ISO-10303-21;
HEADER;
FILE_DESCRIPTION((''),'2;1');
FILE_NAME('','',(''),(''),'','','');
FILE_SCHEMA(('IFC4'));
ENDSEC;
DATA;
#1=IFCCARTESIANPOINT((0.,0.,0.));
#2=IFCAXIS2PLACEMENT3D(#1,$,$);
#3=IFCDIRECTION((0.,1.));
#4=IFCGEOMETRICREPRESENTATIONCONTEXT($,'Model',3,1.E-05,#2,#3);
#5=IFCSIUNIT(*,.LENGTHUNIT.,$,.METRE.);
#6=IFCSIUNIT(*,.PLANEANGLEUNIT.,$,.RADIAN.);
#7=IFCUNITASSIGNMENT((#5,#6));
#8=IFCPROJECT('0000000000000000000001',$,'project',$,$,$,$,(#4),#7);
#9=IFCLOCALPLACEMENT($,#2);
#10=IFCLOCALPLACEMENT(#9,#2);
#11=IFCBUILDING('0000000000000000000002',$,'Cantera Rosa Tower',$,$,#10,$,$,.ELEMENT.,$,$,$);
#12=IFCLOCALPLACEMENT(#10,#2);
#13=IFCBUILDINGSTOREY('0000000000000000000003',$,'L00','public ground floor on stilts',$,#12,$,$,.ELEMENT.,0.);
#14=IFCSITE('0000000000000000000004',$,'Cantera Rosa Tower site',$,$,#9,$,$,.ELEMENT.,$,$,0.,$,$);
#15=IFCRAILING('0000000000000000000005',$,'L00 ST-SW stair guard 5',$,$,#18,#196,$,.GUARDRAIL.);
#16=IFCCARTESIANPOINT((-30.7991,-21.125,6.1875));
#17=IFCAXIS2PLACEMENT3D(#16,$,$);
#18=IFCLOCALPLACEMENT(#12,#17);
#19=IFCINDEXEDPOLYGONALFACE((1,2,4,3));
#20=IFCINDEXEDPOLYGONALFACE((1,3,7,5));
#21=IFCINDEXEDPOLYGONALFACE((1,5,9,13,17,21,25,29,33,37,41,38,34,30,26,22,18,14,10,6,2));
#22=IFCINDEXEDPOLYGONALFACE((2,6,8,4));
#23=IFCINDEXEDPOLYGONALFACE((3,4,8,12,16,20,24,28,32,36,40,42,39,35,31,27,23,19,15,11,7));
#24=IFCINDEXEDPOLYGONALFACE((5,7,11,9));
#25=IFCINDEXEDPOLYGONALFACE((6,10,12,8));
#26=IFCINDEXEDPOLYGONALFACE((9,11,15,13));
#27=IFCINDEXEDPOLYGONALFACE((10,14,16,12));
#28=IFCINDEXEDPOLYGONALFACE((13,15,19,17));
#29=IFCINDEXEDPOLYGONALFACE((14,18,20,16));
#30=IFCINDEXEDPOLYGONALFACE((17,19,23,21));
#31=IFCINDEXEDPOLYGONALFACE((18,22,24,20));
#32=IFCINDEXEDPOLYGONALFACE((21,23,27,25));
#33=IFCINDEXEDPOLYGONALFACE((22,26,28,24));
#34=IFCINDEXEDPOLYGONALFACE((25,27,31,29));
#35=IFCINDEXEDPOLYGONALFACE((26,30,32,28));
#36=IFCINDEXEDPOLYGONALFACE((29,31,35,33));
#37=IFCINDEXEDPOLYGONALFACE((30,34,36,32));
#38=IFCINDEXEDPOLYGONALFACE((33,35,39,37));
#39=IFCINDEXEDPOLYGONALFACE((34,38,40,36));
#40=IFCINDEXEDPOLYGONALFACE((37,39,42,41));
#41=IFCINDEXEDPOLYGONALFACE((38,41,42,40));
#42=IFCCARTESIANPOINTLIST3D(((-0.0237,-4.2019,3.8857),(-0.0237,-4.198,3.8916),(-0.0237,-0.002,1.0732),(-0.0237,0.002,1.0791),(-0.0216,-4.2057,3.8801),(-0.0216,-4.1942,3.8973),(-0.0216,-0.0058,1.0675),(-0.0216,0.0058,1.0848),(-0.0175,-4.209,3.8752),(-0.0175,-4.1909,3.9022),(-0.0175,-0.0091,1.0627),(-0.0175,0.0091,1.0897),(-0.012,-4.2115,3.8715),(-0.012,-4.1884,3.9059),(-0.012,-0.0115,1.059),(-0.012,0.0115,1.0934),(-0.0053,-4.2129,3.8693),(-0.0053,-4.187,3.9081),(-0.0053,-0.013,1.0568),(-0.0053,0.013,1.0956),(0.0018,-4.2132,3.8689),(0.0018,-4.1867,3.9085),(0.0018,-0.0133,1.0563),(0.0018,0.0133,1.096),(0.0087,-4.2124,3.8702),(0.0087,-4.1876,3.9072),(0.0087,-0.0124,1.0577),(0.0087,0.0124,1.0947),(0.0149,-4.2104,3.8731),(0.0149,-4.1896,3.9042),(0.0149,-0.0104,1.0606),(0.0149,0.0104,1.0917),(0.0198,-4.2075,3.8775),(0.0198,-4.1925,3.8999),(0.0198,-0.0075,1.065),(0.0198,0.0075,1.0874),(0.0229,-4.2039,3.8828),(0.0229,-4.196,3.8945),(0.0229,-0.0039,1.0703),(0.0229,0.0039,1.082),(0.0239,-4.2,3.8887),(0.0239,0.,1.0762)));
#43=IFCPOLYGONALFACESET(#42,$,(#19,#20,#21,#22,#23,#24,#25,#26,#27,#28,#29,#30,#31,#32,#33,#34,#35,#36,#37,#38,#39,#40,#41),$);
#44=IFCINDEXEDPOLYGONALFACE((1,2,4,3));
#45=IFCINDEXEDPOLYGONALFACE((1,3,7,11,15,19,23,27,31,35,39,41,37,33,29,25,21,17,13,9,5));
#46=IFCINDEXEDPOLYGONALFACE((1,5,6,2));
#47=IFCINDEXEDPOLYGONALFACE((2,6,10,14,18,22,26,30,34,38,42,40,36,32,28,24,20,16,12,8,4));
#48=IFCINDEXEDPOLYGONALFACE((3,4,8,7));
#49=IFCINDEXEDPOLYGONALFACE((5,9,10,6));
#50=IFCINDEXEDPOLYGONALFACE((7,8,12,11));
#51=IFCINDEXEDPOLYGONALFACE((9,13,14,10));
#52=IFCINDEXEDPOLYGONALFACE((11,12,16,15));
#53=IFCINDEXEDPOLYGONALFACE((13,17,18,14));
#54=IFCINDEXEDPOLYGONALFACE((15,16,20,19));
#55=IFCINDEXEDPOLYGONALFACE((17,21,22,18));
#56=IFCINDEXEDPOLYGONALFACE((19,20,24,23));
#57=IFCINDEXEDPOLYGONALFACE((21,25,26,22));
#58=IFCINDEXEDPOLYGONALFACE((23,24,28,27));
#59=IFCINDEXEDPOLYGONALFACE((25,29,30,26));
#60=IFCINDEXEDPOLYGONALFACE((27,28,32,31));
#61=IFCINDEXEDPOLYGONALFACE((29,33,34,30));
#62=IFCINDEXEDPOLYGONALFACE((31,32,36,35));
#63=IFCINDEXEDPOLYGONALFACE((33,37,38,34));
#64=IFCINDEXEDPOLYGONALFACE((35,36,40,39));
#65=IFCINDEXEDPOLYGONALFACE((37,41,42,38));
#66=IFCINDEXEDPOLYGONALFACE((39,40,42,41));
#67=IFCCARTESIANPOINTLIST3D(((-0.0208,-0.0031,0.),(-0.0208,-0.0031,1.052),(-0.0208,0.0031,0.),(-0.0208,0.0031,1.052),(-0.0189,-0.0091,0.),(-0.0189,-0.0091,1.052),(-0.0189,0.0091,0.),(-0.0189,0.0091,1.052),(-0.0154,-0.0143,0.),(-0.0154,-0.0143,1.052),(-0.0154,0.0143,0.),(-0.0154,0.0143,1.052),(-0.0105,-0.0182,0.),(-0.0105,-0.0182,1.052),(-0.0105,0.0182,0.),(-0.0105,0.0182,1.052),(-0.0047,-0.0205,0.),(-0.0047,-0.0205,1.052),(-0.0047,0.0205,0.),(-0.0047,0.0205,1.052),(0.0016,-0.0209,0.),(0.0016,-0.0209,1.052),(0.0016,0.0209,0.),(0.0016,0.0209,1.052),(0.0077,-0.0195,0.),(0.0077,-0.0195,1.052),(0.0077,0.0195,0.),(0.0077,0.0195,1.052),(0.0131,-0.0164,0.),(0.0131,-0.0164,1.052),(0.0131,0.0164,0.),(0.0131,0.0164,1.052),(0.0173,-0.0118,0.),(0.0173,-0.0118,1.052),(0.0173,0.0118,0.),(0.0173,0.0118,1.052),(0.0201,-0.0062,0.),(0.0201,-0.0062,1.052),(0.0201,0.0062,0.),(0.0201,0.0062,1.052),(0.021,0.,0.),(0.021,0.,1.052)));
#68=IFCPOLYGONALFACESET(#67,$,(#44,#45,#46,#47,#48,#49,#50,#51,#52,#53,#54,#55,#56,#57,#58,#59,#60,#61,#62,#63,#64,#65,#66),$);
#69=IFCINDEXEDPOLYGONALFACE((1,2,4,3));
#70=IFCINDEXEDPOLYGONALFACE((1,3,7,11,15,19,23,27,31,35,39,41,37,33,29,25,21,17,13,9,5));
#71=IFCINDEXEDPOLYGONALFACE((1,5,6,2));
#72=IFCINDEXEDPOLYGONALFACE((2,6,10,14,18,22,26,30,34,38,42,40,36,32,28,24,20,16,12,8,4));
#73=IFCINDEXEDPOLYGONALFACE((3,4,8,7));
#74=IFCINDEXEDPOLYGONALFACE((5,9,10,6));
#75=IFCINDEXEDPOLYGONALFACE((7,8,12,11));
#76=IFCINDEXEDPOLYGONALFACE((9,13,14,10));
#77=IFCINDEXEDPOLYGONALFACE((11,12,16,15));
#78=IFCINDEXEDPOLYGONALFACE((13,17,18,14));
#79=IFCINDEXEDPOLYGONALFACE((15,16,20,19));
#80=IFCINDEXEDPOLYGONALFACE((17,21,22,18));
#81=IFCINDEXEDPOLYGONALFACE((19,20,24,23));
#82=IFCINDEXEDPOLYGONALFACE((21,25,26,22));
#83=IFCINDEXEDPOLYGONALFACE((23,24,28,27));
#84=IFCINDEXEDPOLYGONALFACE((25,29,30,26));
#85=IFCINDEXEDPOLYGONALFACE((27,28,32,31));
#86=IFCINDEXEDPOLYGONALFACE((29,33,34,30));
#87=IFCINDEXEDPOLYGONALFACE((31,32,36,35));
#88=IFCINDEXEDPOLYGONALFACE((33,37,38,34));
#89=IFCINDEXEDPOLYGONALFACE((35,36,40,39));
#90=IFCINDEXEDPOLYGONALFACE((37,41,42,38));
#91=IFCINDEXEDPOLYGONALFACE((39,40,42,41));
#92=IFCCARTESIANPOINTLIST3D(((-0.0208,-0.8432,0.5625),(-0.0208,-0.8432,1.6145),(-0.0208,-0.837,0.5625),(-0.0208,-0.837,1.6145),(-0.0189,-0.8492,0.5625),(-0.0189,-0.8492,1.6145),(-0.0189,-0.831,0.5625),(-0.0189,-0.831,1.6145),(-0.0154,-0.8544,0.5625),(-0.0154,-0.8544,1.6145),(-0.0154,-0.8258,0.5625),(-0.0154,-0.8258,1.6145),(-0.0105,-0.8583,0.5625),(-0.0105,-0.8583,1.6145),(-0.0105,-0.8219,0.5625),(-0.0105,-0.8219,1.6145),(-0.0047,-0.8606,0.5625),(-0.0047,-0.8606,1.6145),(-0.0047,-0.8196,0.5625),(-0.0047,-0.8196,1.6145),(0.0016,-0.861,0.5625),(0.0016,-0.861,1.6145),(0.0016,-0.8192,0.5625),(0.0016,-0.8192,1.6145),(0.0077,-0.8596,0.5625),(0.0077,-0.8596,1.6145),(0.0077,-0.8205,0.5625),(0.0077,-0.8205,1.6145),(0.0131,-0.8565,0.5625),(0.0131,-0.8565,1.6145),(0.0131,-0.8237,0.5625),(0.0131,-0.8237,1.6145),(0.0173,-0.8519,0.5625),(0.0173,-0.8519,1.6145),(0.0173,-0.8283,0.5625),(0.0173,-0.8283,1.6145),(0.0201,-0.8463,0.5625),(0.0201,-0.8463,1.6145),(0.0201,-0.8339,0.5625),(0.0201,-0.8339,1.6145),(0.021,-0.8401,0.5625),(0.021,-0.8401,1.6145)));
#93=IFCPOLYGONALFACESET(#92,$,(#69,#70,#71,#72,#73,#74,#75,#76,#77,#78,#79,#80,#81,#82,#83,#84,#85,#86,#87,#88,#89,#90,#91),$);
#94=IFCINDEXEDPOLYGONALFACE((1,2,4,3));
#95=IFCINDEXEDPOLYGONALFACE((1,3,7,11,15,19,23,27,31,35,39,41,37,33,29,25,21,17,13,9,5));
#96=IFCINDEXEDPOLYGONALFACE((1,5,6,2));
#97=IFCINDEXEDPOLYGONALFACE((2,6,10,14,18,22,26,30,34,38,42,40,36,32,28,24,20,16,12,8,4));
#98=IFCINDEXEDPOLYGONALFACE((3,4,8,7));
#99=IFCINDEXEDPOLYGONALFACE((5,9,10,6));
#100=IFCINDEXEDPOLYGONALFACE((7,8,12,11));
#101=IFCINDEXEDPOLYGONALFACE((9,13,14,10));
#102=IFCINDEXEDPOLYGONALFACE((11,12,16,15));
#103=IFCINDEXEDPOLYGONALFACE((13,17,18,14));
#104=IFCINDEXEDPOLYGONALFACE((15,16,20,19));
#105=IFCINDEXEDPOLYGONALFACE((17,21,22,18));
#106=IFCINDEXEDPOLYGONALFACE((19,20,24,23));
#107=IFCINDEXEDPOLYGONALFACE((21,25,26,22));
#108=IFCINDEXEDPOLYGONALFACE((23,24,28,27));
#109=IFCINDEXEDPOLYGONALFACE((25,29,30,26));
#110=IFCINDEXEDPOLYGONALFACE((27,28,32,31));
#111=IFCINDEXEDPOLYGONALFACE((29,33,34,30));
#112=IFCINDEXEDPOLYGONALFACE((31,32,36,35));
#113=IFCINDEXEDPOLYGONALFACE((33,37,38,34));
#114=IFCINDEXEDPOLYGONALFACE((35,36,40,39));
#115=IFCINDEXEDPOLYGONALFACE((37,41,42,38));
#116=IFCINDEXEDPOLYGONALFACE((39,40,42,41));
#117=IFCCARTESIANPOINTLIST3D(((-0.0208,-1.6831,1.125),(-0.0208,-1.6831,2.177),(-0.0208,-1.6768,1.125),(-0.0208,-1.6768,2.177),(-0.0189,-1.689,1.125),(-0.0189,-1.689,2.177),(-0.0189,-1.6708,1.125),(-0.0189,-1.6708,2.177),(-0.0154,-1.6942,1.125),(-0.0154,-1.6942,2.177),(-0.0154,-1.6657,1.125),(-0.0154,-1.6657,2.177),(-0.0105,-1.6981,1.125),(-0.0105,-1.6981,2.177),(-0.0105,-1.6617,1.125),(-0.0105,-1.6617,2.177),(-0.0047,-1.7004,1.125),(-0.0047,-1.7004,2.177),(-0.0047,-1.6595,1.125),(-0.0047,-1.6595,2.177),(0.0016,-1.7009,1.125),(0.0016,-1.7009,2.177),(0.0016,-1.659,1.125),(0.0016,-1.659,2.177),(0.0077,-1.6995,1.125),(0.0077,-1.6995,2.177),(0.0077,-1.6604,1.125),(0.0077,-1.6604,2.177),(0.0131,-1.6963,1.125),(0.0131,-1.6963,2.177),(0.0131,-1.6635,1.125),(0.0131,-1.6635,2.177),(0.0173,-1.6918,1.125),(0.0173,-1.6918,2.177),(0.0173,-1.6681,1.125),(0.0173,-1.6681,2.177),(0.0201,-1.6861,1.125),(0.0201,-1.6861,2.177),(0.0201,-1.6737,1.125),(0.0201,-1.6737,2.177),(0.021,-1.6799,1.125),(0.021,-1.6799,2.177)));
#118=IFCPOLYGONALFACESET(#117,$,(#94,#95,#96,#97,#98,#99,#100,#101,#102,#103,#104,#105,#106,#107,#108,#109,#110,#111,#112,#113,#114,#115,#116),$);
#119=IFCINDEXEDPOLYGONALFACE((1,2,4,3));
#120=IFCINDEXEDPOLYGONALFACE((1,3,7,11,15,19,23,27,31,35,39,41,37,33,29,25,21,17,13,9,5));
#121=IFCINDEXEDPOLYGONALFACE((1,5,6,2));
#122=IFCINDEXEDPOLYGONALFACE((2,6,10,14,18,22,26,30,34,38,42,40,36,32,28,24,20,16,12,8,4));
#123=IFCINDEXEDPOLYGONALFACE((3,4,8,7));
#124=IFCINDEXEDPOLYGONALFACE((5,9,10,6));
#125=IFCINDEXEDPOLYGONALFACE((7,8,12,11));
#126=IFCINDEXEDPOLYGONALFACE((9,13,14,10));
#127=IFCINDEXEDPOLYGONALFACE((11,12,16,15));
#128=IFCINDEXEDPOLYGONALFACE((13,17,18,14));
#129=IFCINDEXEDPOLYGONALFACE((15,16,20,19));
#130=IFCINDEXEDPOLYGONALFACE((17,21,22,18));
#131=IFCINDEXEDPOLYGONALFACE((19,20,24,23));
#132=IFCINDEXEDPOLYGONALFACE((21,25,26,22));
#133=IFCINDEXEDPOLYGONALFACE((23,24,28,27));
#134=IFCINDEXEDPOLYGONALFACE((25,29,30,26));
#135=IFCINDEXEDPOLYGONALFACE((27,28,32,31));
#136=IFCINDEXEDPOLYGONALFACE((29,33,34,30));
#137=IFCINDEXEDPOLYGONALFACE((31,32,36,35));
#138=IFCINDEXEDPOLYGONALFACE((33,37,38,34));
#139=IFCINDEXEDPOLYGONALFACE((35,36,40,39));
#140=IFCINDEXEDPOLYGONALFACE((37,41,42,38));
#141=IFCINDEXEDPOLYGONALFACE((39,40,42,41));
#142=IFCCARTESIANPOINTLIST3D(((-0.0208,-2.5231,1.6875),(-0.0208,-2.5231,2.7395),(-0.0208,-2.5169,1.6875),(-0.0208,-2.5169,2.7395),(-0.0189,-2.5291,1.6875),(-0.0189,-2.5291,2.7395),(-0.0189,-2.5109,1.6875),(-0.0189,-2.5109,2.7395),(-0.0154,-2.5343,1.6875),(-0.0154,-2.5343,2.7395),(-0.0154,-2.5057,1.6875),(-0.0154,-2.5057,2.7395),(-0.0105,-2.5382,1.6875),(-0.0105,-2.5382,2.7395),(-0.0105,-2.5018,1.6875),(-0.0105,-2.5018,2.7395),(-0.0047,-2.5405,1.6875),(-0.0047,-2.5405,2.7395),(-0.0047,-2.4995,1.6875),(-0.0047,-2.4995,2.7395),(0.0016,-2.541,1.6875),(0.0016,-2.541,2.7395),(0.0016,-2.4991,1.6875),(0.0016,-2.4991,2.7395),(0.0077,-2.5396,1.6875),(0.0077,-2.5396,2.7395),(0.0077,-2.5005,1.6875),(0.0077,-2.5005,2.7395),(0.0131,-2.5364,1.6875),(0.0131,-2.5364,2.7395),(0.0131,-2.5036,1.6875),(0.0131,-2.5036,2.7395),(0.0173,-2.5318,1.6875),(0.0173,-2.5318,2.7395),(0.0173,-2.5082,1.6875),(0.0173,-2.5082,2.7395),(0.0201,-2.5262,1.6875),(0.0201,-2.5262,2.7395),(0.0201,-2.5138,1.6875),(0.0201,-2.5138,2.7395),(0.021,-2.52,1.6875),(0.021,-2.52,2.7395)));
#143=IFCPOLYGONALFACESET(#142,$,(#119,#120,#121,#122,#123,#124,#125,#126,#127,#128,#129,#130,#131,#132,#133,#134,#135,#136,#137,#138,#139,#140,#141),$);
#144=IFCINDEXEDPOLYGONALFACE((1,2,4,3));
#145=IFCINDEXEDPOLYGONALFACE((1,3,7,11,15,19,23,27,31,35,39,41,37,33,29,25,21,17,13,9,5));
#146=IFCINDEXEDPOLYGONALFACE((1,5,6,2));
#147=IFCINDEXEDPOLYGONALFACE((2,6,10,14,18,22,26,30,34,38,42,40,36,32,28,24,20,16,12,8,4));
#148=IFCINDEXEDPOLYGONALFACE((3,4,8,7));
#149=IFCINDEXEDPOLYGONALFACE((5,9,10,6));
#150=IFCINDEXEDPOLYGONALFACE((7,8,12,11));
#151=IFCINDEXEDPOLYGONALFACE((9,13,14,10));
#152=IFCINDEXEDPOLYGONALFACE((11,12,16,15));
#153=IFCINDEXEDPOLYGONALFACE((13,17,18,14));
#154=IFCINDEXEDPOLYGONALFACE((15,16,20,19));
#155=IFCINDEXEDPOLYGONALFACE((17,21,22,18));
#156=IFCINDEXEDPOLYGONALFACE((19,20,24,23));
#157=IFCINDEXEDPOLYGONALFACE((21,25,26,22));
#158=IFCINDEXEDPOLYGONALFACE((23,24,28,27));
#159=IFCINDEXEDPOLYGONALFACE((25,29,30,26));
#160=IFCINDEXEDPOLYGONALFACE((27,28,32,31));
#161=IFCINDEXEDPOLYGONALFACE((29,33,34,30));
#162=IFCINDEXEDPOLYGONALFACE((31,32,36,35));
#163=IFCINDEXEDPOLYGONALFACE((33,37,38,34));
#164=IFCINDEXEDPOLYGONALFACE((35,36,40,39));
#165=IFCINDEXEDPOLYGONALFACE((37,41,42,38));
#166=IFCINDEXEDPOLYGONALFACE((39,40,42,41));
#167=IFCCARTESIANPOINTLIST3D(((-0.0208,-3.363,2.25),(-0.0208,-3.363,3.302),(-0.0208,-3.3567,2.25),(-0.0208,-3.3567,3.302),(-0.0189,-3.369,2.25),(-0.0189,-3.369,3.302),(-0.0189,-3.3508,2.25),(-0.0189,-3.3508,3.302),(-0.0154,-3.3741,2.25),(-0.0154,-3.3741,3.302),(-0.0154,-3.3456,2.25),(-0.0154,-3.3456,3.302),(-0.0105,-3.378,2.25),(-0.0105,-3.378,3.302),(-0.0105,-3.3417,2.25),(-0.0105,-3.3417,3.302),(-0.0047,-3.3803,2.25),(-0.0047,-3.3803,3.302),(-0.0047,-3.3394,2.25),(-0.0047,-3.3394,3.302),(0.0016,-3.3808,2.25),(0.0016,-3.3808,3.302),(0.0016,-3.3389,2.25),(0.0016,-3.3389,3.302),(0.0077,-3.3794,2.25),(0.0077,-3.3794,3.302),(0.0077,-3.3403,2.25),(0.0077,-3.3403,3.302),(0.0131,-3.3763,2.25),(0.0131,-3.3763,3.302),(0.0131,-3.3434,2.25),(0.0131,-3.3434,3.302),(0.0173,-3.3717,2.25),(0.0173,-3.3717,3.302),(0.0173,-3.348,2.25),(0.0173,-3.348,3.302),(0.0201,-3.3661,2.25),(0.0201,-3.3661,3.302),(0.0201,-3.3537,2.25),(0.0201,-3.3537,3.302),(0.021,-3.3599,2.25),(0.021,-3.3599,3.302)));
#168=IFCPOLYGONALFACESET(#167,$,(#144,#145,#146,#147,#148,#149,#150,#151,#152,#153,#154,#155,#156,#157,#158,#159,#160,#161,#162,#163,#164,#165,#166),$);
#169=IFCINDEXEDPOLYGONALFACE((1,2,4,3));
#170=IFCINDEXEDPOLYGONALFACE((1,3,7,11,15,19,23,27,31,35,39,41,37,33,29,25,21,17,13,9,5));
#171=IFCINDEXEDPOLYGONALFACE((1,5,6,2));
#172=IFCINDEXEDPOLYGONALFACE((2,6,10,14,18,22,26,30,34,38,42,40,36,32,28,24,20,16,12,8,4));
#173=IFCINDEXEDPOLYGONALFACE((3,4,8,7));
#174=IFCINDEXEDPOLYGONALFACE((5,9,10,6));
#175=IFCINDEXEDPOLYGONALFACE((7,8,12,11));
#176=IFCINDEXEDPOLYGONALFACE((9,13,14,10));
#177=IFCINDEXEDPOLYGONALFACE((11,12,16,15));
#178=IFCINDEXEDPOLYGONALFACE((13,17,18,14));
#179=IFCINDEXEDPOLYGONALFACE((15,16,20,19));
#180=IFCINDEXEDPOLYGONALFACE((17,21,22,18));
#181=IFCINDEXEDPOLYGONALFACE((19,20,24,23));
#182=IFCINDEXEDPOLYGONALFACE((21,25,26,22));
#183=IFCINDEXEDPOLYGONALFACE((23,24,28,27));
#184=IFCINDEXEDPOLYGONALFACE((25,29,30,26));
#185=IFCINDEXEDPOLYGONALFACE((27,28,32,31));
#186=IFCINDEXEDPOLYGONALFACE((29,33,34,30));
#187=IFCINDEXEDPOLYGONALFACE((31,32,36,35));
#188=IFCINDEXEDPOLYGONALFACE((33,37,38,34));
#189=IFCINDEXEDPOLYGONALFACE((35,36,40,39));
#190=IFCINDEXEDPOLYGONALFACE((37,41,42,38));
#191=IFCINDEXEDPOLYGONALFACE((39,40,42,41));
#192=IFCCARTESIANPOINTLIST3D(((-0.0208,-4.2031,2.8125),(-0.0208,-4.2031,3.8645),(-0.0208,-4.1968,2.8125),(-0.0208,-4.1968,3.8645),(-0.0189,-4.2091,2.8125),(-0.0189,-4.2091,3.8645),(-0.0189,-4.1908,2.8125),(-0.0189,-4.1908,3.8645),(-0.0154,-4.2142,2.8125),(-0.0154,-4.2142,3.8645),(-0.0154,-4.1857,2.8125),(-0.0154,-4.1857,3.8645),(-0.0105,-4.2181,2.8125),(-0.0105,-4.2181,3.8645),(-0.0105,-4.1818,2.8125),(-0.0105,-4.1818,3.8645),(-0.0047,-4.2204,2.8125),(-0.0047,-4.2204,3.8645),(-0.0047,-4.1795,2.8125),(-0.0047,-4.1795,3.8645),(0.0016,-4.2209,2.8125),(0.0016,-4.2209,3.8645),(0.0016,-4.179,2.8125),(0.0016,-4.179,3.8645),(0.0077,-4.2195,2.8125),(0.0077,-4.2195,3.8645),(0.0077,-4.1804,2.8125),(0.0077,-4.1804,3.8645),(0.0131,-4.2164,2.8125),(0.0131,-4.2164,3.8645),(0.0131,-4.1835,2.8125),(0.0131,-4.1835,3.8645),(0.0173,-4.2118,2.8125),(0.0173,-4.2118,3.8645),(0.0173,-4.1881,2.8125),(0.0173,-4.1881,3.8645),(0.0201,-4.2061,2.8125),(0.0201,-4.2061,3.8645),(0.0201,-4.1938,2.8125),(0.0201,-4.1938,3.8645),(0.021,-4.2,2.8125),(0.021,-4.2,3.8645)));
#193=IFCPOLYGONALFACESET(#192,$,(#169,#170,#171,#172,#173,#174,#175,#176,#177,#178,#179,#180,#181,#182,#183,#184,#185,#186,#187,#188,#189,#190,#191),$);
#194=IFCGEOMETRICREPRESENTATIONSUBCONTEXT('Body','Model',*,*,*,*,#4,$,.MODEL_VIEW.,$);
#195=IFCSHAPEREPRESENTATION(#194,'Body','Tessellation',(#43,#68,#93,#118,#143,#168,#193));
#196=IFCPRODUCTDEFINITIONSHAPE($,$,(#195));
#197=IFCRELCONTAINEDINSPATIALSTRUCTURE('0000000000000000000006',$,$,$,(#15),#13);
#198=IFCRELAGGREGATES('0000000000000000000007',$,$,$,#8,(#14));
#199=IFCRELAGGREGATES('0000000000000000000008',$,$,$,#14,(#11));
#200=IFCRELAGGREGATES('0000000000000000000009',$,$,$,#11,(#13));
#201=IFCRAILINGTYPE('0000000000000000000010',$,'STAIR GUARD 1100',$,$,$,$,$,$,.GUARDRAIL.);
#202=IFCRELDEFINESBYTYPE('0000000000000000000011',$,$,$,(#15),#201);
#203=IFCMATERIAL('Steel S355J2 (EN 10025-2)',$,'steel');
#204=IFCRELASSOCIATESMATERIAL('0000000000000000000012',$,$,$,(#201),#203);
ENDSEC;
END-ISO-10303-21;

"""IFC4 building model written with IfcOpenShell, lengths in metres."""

from ifc_helpers import new_model, si_unit, direction, frame, origin, origin_2d, place, context, subcontext, project, spatial, circle, extrude, material, type_object, element, save


model = new_model("IFC4")

# Units and contexts
model_context = context("Model", 3, precision=1e-05, world=origin(), true_north=direction((0.0, 1.0)))
body_context = subcontext(model_context, "Body", "Model", "MODEL_VIEW")
ifc_project = project(units=[si_unit("LENGTHUNIT", "METRE"), si_unit("PLANEANGLEUNIT", "RADIAN")], contexts=[model_context])

# Site, building, storey
site_placement = place(None, origin())
site = spatial("IfcSite", under=ifc_project, at=site_placement, Name="Cantera Rosa Tower site", CompositionType="ELEMENT", RefElevation=0.0)
building_placement = place(site_placement, origin())
building = spatial("IfcBuilding", under=site, at=building_placement, Name="Cantera Rosa Tower", CompositionType="ELEMENT")
storey_placement = place(building_placement, origin())
storey = spatial("IfcBuildingStorey", under=building, at=storey_placement, Name="L00", Description="public ground floor on stilts", CompositionType="ELEMENT", Elevation=0.0)

# Railing
ifc_material_1 = material(Name="Steel S355J2 (EN 10025-2)", Category="steel")
railing_type_1 = type_object("IfcRailingType", Name="STAIR GUARD 1100", PredefinedType="GUARDRAIL", material=ifc_material_1)
railing_1_placement = place(storey_placement, frame((-30.7991, -21.125, 6.1875)))
element("IfcRailing", 1, at=railing_1_placement, inside=storey, type_object=railing_type_1, Name="L00 ST-SW stair guard 5", PredefinedType="GUARDRAIL", context=body_context, shape_type="SweptSolid", body=[
    extrude(circle(Radius=0.0239, at=origin_2d()), frame((0.0, 0.0, 1.0762), z_axis=(0.0, -0.830904, 0.556416), x_axis=(1.0, 0.0, 0.0)), (0.0, 0.0, 1.0), 5.0547),
    extrude(circle(Radius=0.021, at=origin_2d()), origin(), (0.0, 0.0, 1.0), 1.052),
    extrude(circle(Radius=0.021, at=origin_2d()), frame((0.0, -0.8401, 0.5625)), (0.0, 0.0, 1.0), 1.052),
    extrude(circle(Radius=0.021, at=origin_2d()), frame((0.0, -1.6799, 1.125)), (0.0, 0.0, 1.0), 1.052),
    extrude(circle(Radius=0.021, at=origin_2d()), frame((0.0, -2.52, 1.6875)), (0.0, 0.0, 1.0), 1.052),
    extrude(circle(Radius=0.021, at=origin_2d()), frame((0.0, -3.3599, 2.25)), (0.0, 0.0, 1.0), 1.052),
    extrude(circle(Radius=0.021, at=origin_2d()), frame((0.0, -4.2, 2.8125)), (0.0, 0.0, 1.0), 1.052),
])

save(model, "model.ifc")
